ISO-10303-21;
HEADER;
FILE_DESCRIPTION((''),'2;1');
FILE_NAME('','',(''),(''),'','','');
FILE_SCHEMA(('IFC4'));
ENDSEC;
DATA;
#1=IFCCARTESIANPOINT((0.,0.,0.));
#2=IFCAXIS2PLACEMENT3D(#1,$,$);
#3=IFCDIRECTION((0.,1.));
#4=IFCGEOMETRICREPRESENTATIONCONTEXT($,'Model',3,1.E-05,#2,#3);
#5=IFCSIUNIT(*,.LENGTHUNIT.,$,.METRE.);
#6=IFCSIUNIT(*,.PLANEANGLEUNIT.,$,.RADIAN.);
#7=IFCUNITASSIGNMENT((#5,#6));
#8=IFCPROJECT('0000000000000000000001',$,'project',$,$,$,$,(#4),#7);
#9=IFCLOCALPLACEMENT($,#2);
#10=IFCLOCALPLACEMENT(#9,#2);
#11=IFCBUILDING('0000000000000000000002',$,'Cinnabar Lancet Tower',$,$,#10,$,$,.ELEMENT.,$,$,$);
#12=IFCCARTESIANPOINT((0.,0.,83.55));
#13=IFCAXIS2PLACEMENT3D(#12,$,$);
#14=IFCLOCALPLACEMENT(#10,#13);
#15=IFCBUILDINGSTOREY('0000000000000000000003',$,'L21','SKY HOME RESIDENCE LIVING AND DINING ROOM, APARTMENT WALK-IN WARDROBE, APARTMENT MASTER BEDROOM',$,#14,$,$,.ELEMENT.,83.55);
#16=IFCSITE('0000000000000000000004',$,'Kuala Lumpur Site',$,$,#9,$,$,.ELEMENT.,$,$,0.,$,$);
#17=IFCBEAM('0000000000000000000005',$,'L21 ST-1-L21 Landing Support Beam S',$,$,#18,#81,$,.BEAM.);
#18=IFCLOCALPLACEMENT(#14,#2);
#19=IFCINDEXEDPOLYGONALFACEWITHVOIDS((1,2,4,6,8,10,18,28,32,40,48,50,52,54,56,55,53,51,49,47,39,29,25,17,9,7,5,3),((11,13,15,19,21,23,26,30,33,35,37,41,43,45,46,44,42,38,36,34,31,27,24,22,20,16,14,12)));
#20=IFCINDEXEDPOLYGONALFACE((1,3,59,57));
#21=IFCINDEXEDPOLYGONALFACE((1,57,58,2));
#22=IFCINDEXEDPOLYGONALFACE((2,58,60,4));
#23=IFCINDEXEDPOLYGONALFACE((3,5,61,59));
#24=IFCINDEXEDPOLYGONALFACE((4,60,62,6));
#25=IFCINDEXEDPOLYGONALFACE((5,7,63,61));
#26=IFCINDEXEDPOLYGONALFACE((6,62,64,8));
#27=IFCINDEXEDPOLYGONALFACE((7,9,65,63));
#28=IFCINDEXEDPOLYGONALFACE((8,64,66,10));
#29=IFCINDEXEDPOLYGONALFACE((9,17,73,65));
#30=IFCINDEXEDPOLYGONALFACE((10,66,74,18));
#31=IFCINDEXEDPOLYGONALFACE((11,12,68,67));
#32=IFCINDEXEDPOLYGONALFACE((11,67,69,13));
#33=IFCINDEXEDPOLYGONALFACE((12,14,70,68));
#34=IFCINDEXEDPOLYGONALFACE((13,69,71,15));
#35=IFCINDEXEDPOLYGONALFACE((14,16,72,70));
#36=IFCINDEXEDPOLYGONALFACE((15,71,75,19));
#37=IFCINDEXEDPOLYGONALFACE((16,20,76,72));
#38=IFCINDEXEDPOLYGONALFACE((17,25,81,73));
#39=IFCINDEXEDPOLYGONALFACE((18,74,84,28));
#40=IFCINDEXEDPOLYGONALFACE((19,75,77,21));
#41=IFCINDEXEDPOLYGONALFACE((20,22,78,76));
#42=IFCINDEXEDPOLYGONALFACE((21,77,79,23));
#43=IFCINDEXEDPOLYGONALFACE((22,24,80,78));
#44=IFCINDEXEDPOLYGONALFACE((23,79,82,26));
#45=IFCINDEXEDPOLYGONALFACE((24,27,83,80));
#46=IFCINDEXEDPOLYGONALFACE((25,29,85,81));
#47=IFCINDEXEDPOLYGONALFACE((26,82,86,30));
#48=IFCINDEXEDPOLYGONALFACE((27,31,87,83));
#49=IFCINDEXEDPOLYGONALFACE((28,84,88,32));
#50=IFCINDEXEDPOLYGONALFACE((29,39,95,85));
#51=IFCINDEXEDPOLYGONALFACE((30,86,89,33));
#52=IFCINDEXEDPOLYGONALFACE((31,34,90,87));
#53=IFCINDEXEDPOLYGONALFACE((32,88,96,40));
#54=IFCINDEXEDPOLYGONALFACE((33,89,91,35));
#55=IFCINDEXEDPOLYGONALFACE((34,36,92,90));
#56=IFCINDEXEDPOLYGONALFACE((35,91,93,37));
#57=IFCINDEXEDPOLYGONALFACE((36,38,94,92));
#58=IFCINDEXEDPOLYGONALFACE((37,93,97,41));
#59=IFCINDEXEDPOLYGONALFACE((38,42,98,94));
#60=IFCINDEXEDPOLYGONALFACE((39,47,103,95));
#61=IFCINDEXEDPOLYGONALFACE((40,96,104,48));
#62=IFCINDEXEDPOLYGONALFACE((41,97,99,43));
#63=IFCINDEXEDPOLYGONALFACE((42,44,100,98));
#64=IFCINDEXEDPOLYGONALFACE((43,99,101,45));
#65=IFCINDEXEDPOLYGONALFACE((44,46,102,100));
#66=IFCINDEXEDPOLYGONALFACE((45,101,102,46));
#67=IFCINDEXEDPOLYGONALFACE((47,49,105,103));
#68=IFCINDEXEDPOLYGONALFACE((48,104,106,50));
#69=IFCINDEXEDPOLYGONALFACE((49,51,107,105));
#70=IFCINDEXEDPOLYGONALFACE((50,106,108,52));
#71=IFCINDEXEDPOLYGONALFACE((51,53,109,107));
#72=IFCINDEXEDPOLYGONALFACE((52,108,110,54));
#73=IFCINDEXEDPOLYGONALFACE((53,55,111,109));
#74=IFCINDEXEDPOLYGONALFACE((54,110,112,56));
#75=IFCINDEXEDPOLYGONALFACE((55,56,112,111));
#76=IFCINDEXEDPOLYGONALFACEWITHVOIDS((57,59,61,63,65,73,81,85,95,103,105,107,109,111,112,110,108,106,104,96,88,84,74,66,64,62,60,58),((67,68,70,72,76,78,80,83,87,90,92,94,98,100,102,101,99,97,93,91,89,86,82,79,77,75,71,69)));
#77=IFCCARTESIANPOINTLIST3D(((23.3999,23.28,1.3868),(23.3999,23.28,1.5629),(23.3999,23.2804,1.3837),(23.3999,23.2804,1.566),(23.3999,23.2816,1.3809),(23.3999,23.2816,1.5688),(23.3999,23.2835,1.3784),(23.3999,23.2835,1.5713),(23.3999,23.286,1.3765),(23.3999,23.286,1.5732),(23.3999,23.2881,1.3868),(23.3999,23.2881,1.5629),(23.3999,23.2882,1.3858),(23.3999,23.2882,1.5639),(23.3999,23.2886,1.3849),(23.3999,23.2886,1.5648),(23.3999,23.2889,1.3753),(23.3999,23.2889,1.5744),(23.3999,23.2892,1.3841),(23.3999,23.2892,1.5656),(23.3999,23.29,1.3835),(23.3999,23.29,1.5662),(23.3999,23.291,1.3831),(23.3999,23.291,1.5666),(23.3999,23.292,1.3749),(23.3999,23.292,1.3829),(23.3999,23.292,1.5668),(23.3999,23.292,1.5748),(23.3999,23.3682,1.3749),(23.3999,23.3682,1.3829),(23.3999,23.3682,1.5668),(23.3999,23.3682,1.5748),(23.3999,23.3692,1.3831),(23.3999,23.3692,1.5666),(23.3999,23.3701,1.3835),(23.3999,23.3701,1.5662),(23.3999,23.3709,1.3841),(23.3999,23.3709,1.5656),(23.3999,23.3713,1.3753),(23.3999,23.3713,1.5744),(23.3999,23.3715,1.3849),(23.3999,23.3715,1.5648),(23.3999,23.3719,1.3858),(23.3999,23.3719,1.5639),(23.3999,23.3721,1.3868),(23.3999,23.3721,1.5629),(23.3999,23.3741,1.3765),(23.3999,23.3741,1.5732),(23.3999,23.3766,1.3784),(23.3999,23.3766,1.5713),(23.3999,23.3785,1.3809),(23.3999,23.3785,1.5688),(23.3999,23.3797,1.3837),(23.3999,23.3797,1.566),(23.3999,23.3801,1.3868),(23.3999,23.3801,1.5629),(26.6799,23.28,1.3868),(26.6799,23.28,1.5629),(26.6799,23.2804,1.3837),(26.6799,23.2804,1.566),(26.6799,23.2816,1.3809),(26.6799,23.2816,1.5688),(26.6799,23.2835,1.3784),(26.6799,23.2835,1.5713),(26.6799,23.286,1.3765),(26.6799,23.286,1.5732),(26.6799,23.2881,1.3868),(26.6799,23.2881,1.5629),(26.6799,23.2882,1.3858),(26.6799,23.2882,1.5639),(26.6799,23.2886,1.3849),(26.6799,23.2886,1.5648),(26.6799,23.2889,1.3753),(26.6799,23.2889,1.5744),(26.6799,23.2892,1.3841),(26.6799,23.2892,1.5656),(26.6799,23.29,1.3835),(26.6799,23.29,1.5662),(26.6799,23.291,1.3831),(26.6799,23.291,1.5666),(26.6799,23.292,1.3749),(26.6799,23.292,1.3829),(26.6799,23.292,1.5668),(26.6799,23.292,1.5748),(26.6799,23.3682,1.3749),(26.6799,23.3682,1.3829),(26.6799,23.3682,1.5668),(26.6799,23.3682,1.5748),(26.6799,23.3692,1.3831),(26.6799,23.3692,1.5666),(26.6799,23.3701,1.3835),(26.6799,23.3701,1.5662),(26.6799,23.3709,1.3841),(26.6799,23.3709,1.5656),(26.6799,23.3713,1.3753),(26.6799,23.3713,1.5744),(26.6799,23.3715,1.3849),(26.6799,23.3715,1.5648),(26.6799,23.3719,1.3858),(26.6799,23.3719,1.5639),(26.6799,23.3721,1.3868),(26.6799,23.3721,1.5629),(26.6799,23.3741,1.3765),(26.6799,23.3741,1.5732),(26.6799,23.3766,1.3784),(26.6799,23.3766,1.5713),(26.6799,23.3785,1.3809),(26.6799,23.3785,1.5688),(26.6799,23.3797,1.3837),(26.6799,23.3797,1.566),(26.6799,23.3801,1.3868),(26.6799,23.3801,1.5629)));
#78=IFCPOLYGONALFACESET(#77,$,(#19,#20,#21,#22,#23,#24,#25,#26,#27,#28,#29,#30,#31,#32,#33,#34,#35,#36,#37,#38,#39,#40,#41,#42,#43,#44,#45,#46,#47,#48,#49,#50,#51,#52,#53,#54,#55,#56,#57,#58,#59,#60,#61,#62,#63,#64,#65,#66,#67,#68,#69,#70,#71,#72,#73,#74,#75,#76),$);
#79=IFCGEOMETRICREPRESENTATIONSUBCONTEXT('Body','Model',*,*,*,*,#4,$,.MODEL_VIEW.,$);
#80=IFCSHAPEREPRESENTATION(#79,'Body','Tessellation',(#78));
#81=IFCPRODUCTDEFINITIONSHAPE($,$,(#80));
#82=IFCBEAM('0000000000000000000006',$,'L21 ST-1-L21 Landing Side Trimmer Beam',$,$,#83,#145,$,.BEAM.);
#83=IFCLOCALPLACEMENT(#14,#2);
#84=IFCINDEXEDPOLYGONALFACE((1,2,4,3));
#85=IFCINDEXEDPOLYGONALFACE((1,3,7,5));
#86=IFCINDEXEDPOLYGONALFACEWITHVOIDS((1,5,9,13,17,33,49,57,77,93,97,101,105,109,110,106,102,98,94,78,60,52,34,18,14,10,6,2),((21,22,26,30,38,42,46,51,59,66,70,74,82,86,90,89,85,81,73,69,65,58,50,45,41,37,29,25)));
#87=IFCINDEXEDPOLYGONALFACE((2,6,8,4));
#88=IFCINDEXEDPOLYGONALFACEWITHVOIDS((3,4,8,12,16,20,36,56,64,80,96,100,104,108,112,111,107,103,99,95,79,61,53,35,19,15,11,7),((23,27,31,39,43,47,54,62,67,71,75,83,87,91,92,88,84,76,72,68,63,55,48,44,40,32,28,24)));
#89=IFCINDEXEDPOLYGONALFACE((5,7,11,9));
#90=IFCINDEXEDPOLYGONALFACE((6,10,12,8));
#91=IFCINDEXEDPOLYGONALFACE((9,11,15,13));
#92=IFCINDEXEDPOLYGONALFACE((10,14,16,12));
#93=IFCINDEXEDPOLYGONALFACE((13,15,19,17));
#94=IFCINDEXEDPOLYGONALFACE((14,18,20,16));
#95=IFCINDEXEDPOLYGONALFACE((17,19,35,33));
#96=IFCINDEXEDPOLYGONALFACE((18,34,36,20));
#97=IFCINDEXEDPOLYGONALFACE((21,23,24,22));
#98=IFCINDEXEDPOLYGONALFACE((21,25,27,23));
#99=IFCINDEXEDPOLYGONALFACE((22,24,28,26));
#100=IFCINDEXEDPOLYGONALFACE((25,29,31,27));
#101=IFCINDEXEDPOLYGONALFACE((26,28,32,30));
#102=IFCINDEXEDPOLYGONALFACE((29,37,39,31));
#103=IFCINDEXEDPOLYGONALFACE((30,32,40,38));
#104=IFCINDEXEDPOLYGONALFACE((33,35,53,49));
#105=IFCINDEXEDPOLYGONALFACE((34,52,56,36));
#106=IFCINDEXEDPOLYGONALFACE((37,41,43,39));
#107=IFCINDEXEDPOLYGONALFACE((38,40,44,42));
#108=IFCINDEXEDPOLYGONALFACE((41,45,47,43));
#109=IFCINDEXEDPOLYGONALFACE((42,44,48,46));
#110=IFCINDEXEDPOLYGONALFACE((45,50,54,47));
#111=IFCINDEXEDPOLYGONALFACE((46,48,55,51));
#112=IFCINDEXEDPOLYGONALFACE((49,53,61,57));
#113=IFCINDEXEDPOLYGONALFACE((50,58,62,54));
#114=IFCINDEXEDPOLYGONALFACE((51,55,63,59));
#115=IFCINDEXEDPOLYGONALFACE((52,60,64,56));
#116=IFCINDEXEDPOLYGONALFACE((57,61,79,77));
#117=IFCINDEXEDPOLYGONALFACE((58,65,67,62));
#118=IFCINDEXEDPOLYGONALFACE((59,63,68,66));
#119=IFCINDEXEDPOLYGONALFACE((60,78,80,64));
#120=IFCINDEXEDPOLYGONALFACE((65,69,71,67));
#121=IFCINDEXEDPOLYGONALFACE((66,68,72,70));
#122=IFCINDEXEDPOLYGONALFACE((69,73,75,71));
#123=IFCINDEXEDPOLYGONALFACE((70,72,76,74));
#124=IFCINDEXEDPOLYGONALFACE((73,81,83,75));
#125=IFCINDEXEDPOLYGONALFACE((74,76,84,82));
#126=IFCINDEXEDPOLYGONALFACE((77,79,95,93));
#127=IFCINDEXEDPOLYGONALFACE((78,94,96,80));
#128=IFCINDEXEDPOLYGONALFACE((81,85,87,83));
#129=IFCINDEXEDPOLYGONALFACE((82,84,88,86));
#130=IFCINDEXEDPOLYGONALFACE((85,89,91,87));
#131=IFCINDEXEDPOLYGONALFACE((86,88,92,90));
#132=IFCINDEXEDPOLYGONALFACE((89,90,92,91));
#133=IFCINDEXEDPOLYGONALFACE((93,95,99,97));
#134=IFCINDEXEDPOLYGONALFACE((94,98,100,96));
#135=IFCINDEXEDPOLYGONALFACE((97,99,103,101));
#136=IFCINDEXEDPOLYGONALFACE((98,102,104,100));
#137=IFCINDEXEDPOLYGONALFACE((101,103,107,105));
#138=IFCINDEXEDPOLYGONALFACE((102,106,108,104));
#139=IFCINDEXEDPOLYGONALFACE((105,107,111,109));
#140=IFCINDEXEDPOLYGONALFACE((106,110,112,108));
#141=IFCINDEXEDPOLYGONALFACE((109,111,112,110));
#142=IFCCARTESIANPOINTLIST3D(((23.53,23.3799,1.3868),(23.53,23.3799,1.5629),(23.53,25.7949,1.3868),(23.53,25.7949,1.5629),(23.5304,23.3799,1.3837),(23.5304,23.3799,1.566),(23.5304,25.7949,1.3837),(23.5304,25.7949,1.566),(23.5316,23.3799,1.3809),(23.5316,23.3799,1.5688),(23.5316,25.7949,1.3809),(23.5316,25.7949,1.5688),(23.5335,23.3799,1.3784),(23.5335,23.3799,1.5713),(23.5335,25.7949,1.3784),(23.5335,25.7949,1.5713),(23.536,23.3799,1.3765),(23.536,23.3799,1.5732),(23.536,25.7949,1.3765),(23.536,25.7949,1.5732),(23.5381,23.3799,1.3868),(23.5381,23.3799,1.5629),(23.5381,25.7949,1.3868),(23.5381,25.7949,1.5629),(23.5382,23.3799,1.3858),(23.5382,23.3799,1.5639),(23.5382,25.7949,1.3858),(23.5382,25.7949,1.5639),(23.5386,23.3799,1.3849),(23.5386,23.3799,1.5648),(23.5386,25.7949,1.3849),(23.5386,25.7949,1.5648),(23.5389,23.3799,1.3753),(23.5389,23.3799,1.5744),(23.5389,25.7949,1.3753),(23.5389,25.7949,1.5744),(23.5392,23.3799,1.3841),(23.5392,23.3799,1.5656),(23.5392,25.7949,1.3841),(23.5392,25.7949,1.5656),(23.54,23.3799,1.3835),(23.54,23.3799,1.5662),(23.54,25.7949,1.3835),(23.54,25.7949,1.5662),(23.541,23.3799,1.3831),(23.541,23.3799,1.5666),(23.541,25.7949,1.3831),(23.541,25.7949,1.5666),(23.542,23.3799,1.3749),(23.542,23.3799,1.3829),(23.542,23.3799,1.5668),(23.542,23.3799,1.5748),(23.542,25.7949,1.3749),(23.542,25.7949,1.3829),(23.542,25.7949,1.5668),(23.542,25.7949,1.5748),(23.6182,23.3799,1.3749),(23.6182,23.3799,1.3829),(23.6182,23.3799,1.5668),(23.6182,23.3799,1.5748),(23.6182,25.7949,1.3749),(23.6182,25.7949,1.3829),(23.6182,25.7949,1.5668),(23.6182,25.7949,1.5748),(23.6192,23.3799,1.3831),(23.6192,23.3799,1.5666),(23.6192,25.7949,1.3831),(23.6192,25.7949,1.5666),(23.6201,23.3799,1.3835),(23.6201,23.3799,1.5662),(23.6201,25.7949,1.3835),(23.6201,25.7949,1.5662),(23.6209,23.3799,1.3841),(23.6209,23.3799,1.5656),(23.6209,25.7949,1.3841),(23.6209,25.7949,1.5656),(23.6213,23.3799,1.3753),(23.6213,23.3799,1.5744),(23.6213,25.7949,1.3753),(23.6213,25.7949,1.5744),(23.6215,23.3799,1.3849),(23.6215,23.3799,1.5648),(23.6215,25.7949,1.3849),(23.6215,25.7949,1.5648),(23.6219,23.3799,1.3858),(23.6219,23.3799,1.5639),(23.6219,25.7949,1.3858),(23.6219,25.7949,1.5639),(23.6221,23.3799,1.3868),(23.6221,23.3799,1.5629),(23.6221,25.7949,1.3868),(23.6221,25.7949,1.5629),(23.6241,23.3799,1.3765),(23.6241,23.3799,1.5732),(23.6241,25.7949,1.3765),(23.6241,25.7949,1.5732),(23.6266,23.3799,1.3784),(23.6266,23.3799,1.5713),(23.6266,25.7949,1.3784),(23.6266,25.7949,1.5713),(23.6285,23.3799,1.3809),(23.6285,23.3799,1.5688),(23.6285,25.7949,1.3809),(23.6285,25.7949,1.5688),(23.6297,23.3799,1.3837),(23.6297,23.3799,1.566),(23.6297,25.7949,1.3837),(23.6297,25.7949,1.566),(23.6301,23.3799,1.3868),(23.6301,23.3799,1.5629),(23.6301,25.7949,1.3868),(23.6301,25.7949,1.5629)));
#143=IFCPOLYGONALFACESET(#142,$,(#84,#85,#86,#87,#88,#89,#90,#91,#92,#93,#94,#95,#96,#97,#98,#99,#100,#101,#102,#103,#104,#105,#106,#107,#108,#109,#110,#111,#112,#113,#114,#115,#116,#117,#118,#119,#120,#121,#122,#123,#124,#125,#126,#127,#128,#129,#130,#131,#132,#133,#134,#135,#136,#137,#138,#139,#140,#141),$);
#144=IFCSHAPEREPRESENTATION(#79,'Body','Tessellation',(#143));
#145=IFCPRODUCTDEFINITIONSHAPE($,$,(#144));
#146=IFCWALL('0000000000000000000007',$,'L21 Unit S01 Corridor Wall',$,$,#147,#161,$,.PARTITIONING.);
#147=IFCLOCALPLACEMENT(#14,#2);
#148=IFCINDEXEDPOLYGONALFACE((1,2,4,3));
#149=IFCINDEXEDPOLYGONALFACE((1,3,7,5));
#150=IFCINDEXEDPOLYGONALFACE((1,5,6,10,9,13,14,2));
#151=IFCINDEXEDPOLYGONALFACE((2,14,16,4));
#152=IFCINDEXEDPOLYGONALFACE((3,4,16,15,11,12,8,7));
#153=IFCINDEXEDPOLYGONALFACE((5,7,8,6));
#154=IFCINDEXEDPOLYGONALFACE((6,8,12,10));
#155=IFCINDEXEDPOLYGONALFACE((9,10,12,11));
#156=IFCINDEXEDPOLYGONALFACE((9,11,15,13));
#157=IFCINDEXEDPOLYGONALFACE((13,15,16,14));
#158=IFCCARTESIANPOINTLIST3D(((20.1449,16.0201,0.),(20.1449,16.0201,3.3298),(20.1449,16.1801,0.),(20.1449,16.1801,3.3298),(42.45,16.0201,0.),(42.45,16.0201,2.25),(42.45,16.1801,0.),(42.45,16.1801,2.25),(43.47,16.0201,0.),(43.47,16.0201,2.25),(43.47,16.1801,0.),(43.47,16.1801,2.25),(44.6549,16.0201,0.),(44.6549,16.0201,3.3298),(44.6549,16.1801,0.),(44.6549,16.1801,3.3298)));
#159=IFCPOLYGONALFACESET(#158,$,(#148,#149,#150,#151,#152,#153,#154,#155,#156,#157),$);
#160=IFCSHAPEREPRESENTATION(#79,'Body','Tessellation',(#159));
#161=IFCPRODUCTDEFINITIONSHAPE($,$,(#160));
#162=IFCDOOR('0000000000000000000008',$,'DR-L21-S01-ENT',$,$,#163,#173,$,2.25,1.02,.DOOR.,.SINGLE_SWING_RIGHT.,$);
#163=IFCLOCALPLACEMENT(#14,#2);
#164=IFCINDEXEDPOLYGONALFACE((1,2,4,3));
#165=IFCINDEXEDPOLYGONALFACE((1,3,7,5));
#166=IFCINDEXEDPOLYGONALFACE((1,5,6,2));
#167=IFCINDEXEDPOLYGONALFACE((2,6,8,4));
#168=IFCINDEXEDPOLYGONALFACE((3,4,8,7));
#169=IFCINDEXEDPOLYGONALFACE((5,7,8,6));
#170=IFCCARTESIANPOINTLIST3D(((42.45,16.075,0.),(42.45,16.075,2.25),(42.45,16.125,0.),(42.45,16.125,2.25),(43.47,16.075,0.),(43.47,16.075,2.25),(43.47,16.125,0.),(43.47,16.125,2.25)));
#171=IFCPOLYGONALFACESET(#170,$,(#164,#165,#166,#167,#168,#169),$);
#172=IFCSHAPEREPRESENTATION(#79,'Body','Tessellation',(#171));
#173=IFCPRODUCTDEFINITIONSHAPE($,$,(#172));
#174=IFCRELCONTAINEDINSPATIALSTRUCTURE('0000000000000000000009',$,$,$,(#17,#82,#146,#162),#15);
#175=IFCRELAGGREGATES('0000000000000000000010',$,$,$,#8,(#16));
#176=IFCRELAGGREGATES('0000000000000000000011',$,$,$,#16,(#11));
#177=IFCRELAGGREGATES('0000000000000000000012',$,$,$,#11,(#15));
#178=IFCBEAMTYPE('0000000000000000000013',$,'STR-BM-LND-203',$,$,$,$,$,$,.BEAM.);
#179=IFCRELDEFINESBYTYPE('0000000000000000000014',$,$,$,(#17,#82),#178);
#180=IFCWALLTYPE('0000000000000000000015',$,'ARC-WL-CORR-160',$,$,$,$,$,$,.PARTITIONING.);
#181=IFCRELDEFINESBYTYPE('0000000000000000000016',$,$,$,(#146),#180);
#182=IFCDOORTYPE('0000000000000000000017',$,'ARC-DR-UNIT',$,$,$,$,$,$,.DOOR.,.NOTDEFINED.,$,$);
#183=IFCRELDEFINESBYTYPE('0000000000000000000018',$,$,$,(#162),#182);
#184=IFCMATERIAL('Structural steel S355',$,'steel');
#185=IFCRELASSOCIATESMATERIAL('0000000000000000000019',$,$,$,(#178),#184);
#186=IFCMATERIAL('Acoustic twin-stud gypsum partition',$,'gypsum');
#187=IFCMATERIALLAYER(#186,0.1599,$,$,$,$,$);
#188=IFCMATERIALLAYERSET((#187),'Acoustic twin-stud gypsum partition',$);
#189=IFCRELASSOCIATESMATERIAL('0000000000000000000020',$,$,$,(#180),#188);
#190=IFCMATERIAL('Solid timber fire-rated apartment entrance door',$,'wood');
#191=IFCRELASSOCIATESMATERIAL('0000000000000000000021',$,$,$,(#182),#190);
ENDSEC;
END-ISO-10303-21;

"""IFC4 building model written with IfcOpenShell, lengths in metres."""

from ifc_helpers import new_model, si_unit, direction, frame, frame_2d, origin, origin_2d, place, context, subcontext, project, spatial, rectangle, hollow_rectangle, extrude, material, layer, layer_set, material_profile, profile_set, type_object, element, fill, save


model = new_model("IFC4")

# Units and contexts
model_context = context("Model", 3, precision=1e-05, world=origin(), true_north=direction((0.0, 1.0)))
body_context = subcontext(model_context, "Body", "Model", "MODEL_VIEW")
ifc_project = project(units=[si_unit("LENGTHUNIT", "METRE"), si_unit("PLANEANGLEUNIT", "RADIAN")], contexts=[model_context])

# Site, building, storey
site_placement = place(None, origin())
site = spatial("IfcSite", under=ifc_project, at=site_placement, Name="Kuala Lumpur Site", CompositionType="ELEMENT", RefElevation=0.0)
building_placement = place(site_placement, origin())
building = spatial("IfcBuilding", under=site, at=building_placement, Name="Cinnabar Lancet Tower", CompositionType="ELEMENT")
storey_placement = place(building_placement, frame((0.0, 0.0, 83.55)))
storey = spatial("IfcBuildingStorey", under=building, at=storey_placement, Name="L21", Description="SKY HOME RESIDENCE LIVING AND DINING ROOM, APARTMENT WALK-IN WARDROBE, APARTMENT MASTER BEDROOM", CompositionType="ELEMENT", Elevation=83.55)

# Beams
ifc_material_1 = material(Name="Structural steel S355", Category="steel")
ifc_material_profile_1 = material_profile(ifc_material_1, hollow_rectangle(XDim=0.1001, YDim=0.2, WallThickness=0.0081, InnerFilletRadius=0.0039, OuterFilletRadius=0.012, at=origin_2d()), Name="RHS 200x100x8")
ifc_profile_set_1 = profile_set([ifc_material_profile_1], Name="Structural steel S355")
beam_type_1 = type_object("IfcBeamType", Name="STR-BM-LND-203", PredefinedType="BEAM", material=ifc_profile_set_1)
beam_1_placement = place(storey_placement, frame((23.3999, 23.3301, 1.4749), z_axis=(1.0, 0.0, 0.0), x_axis=(0.0, 1.0, 0.0)))
element("IfcBeam", 1, at=beam_1_placement, inside=storey, type_object=beam_type_1, Name="L21 ST-1-L21 Landing Support Beam S", PredefinedType="BEAM", context=body_context, shape_type="SweptSolid", body=[
    extrude(hollow_rectangle(XDim=0.1001, YDim=0.2, WallThickness=0.0081, InnerFilletRadius=0.0039, OuterFilletRadius=0.012, at=origin_2d()), origin(), (0.0, 0.0, 1.0), 3.28),
])
beam_2_placement = place(storey_placement, frame((23.5801, 23.3799, 1.4749), z_axis=(0.0, 1.0, 0.0), x_axis=(-1.0, 0.0, 0.0)))
element("IfcBeam", 2, at=beam_2_placement, inside=storey, type_object=beam_type_1, Name="L21 ST-1-L21 Landing Side Trimmer Beam", PredefinedType="BEAM", context=body_context, shape_type="SweptSolid", body=[
    extrude(hollow_rectangle(XDim=0.1001, YDim=0.2, WallThickness=0.0081, InnerFilletRadius=0.0039, OuterFilletRadius=0.012, at=origin_2d()), origin(), (0.0, 0.0, 1.0), 2.415),
])

# Wall, opening, door
ifc_material_2 = material(Name="Acoustic twin-stud gypsum partition", Category="gypsum")
ifc_layer_1 = layer(ifc_material_2, 0.1599)
ifc_layer_set_1 = layer_set([ifc_layer_1], Name="Acoustic twin-stud gypsum partition")
wall_type_1 = type_object("IfcWallType", Name="ARC-WL-CORR-160", PredefinedType="PARTITIONING", material=ifc_layer_set_1)
wall_1_placement = place(storey_placement, frame((20.145, 16.1001, 0.0), z_axis=(0.0, 0.0, 1.0), x_axis=(1.0, 0.0, 0.0)))
wall_1 = element("IfcWall", 3, at=wall_1_placement, inside=storey, type_object=wall_type_1, Name="L21 Unit S01 Corridor Wall", PredefinedType="PARTITIONING", context=body_context, shape_type="SweptSolid", body=[
    extrude(rectangle(XDim=24.51, YDim=0.1599, at=frame_2d((12.2549, 0.0))), origin(), (0.0, 0.0, 1.0), 3.3298),
])
opening_1_placement = place(wall_1_placement, frame((22.3049, 0.0, 0.0)))
opening_1 = element("IfcOpeningElement", 4, at=opening_1_placement, cuts=wall_1, PredefinedType="OPENING", context=body_context, shape_type="SweptSolid", body=[
    extrude(rectangle(XDim=1.02, YDim=2.25, at=frame_2d((0.51, 1.125))), frame((0.0, 0.0898, 0.0), z_axis=(0.0, -1.0, 0.0), x_axis=(1.0, 0.0, 0.0)), (0.0, 0.0, 1.0), 0.1799),
])
ifc_material_3 = material(Name="Solid timber fire-rated apartment entrance door", Category="wood")
door_type_1 = type_object("IfcDoorType", Name="ARC-DR-UNIT", OperationType="NOTDEFINED", PredefinedType="DOOR", material=ifc_material_3)
door_1_placement = place(opening_1_placement, origin())
door_1 = element("IfcDoor", 5, at=door_1_placement, inside=storey, type_object=door_type_1, Name="DR-L21-S01-ENT", OperationType="SINGLE_SWING_RIGHT", OverallHeight=2.25, OverallWidth=1.02, PredefinedType="DOOR", context=body_context, shape_type="SweptSolid", body=[
    extrude(rectangle(XDim=1.02, YDim=2.25, at=frame_2d((0.51, 1.125))), frame((0.0, 0.0249, 0.0), z_axis=(0.0, -1.0, 0.0), x_axis=(1.0, 0.0, 0.0)), (0.0, 0.0, 1.0), 0.05),
])
fill(opening_1, door_1)

save(model, "model.ifc")
